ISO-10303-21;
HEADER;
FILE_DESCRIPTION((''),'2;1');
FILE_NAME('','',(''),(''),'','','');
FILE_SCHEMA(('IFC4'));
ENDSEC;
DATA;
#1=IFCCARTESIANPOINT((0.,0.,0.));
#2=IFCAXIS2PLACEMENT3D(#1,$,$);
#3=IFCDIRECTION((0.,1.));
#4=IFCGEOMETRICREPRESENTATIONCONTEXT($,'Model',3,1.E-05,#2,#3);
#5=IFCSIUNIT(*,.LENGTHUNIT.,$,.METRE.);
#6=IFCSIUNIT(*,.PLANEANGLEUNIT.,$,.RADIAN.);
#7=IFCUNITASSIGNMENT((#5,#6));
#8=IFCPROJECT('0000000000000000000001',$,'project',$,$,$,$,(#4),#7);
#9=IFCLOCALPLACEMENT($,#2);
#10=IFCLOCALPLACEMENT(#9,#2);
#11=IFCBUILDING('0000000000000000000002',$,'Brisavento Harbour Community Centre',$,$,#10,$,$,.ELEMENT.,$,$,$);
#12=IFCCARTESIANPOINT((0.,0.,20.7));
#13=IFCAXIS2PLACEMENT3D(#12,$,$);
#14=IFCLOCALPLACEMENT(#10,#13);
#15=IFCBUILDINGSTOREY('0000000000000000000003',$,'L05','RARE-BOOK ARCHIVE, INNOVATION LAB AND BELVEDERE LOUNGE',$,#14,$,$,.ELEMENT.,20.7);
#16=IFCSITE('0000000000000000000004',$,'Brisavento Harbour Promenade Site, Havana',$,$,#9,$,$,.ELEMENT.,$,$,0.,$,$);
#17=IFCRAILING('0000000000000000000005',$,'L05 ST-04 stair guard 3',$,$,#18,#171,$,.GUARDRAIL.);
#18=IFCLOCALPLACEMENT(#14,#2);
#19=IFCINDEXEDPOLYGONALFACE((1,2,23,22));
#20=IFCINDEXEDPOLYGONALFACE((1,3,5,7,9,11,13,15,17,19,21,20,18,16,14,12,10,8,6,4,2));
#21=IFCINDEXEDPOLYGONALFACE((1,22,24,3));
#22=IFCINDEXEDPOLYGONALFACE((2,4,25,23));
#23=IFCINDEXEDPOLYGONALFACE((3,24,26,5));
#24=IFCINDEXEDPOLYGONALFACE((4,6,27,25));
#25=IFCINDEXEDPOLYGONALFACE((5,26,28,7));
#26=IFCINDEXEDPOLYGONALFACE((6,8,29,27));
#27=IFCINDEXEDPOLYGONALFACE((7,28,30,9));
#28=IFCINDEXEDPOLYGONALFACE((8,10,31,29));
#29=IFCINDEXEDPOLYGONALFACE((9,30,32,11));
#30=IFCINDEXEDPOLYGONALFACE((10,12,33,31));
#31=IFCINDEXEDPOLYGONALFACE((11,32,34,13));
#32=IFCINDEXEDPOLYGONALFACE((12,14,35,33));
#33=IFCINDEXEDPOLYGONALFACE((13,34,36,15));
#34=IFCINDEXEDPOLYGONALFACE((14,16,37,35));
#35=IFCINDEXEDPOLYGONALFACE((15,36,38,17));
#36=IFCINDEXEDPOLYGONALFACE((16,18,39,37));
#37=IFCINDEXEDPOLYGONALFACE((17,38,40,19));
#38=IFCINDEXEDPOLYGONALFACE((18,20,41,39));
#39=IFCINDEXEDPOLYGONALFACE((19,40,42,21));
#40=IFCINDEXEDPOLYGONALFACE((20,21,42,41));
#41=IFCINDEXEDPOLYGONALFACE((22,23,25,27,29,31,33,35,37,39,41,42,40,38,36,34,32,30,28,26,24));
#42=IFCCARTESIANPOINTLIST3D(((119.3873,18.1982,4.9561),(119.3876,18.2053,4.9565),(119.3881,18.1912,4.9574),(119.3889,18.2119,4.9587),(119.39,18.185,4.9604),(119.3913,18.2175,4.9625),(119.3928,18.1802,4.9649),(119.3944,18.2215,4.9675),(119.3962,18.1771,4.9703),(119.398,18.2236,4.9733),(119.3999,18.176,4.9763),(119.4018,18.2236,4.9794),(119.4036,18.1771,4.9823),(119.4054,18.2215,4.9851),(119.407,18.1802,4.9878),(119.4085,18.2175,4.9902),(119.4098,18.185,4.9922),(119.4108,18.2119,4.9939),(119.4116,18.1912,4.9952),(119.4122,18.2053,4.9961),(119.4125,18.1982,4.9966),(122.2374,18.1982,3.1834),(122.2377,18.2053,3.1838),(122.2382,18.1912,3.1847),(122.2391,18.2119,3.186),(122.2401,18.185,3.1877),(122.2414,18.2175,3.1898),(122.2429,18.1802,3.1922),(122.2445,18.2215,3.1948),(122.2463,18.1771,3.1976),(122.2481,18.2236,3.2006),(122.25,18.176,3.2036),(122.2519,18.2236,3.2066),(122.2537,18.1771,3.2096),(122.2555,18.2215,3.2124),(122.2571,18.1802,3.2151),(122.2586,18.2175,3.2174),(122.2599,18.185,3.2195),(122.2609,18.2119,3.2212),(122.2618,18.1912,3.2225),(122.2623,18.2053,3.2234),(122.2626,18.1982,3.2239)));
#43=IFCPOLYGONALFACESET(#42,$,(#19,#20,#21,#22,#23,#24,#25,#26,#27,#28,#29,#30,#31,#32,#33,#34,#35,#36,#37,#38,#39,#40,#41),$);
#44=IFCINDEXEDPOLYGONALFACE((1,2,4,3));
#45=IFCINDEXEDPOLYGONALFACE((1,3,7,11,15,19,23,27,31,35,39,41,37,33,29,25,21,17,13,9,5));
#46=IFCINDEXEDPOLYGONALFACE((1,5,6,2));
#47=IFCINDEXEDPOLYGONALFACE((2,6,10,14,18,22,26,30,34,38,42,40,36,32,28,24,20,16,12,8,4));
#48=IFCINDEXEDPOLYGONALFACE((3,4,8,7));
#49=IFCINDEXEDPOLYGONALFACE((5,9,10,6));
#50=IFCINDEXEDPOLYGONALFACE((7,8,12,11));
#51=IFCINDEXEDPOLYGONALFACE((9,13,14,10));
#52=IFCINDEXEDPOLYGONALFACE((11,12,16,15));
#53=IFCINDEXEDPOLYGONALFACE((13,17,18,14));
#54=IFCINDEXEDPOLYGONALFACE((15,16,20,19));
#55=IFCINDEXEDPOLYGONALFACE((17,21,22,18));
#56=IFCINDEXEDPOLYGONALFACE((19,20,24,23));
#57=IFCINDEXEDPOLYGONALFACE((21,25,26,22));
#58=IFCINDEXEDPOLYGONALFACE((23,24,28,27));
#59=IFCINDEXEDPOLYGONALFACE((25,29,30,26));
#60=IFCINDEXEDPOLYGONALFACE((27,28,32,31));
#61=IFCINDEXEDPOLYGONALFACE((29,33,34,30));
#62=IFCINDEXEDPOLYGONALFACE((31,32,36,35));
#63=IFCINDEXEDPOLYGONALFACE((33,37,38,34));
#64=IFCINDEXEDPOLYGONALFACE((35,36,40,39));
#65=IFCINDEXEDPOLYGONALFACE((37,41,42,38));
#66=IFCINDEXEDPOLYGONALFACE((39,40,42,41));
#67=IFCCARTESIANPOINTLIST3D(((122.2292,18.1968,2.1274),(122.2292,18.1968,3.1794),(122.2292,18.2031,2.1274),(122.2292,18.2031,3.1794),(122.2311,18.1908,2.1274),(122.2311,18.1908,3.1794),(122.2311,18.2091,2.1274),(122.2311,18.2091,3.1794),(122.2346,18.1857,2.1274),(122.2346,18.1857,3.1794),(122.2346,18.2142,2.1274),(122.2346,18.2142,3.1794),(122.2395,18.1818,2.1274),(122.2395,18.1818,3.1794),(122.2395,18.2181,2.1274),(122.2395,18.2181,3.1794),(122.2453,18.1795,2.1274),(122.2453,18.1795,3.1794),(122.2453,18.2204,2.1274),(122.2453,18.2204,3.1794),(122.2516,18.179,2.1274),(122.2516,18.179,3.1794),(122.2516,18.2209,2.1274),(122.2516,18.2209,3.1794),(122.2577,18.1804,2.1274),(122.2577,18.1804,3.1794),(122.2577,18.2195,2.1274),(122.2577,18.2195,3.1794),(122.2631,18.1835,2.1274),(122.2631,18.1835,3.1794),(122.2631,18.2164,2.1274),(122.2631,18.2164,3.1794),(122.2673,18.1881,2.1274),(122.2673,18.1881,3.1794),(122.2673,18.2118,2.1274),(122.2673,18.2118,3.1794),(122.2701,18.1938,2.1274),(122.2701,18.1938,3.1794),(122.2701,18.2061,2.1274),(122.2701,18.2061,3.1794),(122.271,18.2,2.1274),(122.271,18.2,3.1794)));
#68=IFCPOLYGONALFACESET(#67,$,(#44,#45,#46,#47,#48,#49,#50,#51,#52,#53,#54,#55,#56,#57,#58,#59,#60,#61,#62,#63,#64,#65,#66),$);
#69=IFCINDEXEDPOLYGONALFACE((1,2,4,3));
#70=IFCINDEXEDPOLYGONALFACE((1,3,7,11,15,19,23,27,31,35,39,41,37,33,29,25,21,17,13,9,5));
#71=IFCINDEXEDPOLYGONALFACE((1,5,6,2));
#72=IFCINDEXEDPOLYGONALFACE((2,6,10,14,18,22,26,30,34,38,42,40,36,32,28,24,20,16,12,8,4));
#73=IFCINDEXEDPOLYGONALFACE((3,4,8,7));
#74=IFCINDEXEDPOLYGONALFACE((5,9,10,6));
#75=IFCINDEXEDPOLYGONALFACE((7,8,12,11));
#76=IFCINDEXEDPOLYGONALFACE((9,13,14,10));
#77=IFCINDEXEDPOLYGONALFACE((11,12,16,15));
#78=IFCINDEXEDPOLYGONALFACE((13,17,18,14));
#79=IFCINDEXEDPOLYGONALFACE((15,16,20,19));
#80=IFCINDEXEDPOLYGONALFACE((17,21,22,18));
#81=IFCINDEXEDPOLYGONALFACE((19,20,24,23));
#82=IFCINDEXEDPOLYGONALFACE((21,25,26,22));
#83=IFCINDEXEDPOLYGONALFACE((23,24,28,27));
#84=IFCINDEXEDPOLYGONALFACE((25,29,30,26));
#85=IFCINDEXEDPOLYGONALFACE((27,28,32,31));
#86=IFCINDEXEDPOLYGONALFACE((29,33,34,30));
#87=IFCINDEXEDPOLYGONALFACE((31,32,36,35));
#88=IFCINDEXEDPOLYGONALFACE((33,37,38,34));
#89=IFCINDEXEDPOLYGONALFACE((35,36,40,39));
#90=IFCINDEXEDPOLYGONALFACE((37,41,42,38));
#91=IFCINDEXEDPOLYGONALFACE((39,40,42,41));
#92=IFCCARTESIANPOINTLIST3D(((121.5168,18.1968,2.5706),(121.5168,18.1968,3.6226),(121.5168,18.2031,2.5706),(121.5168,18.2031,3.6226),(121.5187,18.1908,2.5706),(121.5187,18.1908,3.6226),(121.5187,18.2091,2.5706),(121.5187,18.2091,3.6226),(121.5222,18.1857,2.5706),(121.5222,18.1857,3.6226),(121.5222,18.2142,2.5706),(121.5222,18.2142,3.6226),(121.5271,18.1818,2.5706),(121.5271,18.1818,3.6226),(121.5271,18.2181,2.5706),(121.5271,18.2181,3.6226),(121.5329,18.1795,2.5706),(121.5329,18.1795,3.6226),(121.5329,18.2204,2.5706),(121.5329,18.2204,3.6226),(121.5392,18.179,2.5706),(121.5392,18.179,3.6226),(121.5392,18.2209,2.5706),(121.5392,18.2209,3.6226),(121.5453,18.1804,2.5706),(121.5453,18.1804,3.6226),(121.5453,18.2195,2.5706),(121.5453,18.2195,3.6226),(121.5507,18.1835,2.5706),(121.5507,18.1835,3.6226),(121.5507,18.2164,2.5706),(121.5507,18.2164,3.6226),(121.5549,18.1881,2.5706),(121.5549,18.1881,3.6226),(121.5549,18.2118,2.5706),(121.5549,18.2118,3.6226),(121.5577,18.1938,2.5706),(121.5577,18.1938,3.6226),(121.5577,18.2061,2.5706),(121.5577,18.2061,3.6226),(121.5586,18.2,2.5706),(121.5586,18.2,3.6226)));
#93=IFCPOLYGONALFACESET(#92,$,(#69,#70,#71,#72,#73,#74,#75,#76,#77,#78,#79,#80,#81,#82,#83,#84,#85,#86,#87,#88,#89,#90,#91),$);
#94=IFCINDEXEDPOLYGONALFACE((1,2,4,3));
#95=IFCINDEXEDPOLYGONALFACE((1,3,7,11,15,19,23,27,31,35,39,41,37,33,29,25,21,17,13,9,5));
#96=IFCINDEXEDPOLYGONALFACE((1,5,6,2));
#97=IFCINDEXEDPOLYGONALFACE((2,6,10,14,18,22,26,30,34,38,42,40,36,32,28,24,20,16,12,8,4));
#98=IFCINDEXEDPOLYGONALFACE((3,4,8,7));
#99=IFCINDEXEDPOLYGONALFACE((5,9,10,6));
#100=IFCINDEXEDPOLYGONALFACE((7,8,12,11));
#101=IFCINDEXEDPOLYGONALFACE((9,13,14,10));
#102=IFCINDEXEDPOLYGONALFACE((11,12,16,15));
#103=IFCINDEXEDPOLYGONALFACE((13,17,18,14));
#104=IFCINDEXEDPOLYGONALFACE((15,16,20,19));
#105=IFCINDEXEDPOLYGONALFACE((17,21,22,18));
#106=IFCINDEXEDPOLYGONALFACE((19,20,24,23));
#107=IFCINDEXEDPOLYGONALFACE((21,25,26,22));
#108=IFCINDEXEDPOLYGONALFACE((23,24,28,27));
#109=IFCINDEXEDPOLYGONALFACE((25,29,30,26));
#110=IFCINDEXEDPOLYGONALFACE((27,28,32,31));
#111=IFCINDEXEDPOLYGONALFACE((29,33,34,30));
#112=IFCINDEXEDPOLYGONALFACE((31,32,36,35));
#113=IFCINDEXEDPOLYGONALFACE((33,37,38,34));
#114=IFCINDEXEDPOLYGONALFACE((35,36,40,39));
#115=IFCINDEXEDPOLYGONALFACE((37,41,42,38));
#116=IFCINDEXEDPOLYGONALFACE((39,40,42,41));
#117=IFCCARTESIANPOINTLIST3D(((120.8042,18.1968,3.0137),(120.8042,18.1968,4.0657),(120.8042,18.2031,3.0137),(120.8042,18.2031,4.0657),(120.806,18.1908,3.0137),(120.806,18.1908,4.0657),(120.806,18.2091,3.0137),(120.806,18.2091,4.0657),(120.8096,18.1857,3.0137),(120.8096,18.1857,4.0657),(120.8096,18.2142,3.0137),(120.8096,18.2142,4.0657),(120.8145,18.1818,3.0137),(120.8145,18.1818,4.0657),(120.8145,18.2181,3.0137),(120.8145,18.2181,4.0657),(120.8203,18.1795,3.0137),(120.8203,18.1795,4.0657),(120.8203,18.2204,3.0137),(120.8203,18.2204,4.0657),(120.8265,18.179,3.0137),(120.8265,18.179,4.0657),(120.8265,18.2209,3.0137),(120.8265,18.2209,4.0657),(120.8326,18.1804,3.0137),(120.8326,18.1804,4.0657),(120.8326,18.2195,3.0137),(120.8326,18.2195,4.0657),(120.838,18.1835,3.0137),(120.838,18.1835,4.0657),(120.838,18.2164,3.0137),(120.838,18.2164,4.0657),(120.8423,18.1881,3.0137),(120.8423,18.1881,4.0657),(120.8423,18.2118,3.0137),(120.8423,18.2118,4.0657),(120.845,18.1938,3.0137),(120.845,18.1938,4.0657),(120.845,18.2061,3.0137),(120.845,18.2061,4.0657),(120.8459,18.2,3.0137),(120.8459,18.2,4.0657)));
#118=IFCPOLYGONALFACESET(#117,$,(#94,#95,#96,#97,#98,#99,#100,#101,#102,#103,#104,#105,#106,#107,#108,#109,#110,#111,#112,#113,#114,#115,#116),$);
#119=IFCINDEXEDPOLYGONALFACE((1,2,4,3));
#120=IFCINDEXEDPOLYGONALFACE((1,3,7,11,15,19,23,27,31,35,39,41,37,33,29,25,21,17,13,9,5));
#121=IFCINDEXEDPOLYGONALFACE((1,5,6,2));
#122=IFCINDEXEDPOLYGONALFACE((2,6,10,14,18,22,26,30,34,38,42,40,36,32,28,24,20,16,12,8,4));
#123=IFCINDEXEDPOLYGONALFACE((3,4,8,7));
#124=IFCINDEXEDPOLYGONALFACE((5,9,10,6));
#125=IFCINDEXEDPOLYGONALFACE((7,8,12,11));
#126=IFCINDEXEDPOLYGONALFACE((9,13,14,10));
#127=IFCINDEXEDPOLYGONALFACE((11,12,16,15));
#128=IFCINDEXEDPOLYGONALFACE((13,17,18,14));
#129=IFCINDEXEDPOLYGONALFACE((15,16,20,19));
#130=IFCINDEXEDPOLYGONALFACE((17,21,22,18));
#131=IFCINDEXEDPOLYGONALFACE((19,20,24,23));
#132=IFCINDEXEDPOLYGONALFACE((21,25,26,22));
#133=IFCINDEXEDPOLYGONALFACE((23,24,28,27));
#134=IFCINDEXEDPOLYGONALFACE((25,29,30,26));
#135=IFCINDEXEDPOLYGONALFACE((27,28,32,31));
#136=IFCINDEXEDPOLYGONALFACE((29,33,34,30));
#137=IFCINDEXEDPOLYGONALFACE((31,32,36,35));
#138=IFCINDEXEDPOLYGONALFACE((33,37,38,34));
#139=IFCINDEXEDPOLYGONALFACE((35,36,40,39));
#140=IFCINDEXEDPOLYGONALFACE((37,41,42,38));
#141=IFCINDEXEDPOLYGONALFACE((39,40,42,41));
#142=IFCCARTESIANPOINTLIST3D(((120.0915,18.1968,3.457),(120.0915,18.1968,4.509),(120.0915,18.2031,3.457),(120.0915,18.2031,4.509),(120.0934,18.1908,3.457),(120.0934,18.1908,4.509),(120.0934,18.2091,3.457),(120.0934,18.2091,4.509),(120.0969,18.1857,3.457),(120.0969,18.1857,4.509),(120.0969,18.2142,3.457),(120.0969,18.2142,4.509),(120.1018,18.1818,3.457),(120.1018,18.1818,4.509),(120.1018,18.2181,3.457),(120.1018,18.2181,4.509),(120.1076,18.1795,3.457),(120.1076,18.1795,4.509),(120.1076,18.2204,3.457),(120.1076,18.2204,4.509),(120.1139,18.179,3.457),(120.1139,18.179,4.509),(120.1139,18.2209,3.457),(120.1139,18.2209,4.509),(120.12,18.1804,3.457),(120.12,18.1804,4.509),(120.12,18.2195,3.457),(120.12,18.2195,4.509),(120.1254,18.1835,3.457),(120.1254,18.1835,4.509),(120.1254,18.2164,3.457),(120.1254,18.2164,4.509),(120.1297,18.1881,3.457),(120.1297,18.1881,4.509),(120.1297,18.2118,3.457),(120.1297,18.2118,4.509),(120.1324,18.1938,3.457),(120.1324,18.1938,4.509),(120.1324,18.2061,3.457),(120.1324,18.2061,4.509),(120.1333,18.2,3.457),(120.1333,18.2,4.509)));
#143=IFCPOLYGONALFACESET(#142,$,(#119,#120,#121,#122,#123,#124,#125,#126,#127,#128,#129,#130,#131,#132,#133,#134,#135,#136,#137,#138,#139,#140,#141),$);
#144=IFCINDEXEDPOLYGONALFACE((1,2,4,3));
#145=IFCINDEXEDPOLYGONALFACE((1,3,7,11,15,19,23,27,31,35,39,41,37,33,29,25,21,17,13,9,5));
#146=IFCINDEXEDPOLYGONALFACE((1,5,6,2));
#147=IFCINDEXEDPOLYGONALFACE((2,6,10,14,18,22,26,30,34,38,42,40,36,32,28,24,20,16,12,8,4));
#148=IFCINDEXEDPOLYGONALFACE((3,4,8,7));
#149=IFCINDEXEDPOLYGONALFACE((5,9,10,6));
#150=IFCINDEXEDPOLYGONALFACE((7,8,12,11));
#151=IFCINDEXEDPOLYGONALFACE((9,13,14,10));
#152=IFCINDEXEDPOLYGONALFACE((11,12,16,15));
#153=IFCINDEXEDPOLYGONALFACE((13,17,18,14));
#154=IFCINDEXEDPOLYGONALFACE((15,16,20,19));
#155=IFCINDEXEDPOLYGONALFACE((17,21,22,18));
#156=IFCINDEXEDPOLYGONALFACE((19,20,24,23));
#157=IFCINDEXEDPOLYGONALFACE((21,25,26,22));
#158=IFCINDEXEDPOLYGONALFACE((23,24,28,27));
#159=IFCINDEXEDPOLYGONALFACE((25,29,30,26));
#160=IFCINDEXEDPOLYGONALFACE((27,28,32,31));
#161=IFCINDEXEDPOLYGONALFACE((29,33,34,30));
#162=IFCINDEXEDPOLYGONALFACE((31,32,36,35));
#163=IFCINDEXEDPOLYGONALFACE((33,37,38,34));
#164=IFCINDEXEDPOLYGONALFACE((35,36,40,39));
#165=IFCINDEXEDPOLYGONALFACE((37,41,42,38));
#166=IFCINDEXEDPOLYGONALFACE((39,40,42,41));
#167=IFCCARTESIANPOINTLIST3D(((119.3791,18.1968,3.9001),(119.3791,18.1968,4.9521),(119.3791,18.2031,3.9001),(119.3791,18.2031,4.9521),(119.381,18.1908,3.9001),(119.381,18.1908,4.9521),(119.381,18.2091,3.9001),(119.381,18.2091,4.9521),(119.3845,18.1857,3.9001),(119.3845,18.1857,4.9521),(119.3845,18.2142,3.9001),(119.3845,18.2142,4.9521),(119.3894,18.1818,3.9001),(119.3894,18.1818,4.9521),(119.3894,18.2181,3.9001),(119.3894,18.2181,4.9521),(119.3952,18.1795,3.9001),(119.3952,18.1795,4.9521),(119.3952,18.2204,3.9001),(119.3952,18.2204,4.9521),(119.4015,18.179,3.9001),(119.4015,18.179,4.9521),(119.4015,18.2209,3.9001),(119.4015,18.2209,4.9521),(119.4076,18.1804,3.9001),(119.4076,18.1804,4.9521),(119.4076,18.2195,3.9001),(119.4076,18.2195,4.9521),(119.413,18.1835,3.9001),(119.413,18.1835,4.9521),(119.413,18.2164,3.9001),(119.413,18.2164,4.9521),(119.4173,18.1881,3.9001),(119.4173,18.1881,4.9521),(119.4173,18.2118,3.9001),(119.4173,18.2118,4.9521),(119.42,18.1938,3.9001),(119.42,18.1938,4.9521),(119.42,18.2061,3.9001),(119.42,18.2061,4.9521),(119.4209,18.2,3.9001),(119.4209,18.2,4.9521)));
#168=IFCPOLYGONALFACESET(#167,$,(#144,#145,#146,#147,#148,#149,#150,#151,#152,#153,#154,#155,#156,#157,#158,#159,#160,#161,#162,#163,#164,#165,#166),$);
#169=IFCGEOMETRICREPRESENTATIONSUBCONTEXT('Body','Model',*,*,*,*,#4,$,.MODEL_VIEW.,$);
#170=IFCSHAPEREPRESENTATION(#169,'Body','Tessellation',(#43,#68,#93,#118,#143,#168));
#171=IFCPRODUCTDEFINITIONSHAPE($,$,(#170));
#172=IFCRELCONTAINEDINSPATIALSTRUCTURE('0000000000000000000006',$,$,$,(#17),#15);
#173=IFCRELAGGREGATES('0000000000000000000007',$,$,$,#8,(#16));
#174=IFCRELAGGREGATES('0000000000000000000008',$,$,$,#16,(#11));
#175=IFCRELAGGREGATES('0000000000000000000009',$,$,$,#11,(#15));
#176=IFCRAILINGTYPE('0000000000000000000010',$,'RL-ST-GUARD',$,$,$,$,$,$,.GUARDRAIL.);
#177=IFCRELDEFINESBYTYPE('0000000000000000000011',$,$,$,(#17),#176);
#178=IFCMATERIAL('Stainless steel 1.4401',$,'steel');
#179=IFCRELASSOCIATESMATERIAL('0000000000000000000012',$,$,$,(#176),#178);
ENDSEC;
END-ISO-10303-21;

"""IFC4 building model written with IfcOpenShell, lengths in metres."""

from ifc_helpers import new_model, si_unit, direction, frame, origin, origin_2d, place, context, subcontext, project, spatial, circle, extrude, material, type_object, element, save


model = new_model("IFC4")

# Units and contexts
model_context = context("Model", 3, precision=1e-05, world=origin(), true_north=direction((0.0, 1.0)))
body_context = subcontext(model_context, "Body", "Model", "MODEL_VIEW")
ifc_project = project(units=[si_unit("LENGTHUNIT", "METRE"), si_unit("PLANEANGLEUNIT", "RADIAN")], contexts=[model_context])

# Site, building, storey
site_placement = place(None, origin())
site = spatial("IfcSite", under=ifc_project, at=site_placement, Name="Brisavento Harbour Promenade Site, Havana", CompositionType="ELEMENT", RefElevation=0.0)
building_placement = place(site_placement, origin())
building = spatial("IfcBuilding", under=site, at=building_placement, Name="Brisavento Harbour Community Centre", CompositionType="ELEMENT")
storey_placement = place(building_placement, frame((0.0, 0.0, 20.7)))
storey = spatial("IfcBuildingStorey", under=building, at=storey_placement, Name="L05", Description="RARE-BOOK ARCHIVE, INNOVATION LAB AND BELVEDERE LOUNGE", CompositionType="ELEMENT", Elevation=20.7)

# Railing
ifc_material_1 = material(Name="Stainless steel 1.4401", Category="steel")
railing_type_1 = type_object("IfcRailingType", Name="RL-ST-GUARD", PredefinedType="GUARDRAIL", material=ifc_material_1)
railing_1_placement = place(storey_placement, frame((122.25, 18.2, 2.1274)))
element("IfcRailing", 1, at=railing_1_placement, inside=storey, type_object=railing_type_1, Name="L05 ST-04 stair guard 3", PredefinedType="GUARDRAIL", context=body_context, shape_type="SweptSolid", body=[
    extrude(circle(Radius=0.0239, at=origin_2d()), frame((0.0, 0.0, 1.0762), z_axis=(-0.849149, 0.0, 0.528154), x_axis=(0.0, -1.0, 0.0)), (0.0, 0.0, 1.0), 3.3564),
    extrude(circle(Radius=0.021, at=origin_2d()), origin(), (0.0, 0.0, 1.0), 1.052),
    extrude(circle(Radius=0.021, at=origin_2d()), frame((-0.7124, 0.0, 0.4431)), (0.0, 0.0, 1.0), 1.052),
    extrude(circle(Radius=0.021, at=origin_2d()), frame((-1.425, 0.0, 0.8862)), (0.0, 0.0, 1.0), 1.052),
    extrude(circle(Radius=0.021, at=origin_2d()), frame((-2.1377, 0.0, 1.3296)), (0.0, 0.0, 1.0), 1.052),
    extrude(circle(Radius=0.021, at=origin_2d()), frame((-2.8501, 0.0, 1.7727)), (0.0, 0.0, 1.0), 1.052),
])

save(model, "model.ifc")
